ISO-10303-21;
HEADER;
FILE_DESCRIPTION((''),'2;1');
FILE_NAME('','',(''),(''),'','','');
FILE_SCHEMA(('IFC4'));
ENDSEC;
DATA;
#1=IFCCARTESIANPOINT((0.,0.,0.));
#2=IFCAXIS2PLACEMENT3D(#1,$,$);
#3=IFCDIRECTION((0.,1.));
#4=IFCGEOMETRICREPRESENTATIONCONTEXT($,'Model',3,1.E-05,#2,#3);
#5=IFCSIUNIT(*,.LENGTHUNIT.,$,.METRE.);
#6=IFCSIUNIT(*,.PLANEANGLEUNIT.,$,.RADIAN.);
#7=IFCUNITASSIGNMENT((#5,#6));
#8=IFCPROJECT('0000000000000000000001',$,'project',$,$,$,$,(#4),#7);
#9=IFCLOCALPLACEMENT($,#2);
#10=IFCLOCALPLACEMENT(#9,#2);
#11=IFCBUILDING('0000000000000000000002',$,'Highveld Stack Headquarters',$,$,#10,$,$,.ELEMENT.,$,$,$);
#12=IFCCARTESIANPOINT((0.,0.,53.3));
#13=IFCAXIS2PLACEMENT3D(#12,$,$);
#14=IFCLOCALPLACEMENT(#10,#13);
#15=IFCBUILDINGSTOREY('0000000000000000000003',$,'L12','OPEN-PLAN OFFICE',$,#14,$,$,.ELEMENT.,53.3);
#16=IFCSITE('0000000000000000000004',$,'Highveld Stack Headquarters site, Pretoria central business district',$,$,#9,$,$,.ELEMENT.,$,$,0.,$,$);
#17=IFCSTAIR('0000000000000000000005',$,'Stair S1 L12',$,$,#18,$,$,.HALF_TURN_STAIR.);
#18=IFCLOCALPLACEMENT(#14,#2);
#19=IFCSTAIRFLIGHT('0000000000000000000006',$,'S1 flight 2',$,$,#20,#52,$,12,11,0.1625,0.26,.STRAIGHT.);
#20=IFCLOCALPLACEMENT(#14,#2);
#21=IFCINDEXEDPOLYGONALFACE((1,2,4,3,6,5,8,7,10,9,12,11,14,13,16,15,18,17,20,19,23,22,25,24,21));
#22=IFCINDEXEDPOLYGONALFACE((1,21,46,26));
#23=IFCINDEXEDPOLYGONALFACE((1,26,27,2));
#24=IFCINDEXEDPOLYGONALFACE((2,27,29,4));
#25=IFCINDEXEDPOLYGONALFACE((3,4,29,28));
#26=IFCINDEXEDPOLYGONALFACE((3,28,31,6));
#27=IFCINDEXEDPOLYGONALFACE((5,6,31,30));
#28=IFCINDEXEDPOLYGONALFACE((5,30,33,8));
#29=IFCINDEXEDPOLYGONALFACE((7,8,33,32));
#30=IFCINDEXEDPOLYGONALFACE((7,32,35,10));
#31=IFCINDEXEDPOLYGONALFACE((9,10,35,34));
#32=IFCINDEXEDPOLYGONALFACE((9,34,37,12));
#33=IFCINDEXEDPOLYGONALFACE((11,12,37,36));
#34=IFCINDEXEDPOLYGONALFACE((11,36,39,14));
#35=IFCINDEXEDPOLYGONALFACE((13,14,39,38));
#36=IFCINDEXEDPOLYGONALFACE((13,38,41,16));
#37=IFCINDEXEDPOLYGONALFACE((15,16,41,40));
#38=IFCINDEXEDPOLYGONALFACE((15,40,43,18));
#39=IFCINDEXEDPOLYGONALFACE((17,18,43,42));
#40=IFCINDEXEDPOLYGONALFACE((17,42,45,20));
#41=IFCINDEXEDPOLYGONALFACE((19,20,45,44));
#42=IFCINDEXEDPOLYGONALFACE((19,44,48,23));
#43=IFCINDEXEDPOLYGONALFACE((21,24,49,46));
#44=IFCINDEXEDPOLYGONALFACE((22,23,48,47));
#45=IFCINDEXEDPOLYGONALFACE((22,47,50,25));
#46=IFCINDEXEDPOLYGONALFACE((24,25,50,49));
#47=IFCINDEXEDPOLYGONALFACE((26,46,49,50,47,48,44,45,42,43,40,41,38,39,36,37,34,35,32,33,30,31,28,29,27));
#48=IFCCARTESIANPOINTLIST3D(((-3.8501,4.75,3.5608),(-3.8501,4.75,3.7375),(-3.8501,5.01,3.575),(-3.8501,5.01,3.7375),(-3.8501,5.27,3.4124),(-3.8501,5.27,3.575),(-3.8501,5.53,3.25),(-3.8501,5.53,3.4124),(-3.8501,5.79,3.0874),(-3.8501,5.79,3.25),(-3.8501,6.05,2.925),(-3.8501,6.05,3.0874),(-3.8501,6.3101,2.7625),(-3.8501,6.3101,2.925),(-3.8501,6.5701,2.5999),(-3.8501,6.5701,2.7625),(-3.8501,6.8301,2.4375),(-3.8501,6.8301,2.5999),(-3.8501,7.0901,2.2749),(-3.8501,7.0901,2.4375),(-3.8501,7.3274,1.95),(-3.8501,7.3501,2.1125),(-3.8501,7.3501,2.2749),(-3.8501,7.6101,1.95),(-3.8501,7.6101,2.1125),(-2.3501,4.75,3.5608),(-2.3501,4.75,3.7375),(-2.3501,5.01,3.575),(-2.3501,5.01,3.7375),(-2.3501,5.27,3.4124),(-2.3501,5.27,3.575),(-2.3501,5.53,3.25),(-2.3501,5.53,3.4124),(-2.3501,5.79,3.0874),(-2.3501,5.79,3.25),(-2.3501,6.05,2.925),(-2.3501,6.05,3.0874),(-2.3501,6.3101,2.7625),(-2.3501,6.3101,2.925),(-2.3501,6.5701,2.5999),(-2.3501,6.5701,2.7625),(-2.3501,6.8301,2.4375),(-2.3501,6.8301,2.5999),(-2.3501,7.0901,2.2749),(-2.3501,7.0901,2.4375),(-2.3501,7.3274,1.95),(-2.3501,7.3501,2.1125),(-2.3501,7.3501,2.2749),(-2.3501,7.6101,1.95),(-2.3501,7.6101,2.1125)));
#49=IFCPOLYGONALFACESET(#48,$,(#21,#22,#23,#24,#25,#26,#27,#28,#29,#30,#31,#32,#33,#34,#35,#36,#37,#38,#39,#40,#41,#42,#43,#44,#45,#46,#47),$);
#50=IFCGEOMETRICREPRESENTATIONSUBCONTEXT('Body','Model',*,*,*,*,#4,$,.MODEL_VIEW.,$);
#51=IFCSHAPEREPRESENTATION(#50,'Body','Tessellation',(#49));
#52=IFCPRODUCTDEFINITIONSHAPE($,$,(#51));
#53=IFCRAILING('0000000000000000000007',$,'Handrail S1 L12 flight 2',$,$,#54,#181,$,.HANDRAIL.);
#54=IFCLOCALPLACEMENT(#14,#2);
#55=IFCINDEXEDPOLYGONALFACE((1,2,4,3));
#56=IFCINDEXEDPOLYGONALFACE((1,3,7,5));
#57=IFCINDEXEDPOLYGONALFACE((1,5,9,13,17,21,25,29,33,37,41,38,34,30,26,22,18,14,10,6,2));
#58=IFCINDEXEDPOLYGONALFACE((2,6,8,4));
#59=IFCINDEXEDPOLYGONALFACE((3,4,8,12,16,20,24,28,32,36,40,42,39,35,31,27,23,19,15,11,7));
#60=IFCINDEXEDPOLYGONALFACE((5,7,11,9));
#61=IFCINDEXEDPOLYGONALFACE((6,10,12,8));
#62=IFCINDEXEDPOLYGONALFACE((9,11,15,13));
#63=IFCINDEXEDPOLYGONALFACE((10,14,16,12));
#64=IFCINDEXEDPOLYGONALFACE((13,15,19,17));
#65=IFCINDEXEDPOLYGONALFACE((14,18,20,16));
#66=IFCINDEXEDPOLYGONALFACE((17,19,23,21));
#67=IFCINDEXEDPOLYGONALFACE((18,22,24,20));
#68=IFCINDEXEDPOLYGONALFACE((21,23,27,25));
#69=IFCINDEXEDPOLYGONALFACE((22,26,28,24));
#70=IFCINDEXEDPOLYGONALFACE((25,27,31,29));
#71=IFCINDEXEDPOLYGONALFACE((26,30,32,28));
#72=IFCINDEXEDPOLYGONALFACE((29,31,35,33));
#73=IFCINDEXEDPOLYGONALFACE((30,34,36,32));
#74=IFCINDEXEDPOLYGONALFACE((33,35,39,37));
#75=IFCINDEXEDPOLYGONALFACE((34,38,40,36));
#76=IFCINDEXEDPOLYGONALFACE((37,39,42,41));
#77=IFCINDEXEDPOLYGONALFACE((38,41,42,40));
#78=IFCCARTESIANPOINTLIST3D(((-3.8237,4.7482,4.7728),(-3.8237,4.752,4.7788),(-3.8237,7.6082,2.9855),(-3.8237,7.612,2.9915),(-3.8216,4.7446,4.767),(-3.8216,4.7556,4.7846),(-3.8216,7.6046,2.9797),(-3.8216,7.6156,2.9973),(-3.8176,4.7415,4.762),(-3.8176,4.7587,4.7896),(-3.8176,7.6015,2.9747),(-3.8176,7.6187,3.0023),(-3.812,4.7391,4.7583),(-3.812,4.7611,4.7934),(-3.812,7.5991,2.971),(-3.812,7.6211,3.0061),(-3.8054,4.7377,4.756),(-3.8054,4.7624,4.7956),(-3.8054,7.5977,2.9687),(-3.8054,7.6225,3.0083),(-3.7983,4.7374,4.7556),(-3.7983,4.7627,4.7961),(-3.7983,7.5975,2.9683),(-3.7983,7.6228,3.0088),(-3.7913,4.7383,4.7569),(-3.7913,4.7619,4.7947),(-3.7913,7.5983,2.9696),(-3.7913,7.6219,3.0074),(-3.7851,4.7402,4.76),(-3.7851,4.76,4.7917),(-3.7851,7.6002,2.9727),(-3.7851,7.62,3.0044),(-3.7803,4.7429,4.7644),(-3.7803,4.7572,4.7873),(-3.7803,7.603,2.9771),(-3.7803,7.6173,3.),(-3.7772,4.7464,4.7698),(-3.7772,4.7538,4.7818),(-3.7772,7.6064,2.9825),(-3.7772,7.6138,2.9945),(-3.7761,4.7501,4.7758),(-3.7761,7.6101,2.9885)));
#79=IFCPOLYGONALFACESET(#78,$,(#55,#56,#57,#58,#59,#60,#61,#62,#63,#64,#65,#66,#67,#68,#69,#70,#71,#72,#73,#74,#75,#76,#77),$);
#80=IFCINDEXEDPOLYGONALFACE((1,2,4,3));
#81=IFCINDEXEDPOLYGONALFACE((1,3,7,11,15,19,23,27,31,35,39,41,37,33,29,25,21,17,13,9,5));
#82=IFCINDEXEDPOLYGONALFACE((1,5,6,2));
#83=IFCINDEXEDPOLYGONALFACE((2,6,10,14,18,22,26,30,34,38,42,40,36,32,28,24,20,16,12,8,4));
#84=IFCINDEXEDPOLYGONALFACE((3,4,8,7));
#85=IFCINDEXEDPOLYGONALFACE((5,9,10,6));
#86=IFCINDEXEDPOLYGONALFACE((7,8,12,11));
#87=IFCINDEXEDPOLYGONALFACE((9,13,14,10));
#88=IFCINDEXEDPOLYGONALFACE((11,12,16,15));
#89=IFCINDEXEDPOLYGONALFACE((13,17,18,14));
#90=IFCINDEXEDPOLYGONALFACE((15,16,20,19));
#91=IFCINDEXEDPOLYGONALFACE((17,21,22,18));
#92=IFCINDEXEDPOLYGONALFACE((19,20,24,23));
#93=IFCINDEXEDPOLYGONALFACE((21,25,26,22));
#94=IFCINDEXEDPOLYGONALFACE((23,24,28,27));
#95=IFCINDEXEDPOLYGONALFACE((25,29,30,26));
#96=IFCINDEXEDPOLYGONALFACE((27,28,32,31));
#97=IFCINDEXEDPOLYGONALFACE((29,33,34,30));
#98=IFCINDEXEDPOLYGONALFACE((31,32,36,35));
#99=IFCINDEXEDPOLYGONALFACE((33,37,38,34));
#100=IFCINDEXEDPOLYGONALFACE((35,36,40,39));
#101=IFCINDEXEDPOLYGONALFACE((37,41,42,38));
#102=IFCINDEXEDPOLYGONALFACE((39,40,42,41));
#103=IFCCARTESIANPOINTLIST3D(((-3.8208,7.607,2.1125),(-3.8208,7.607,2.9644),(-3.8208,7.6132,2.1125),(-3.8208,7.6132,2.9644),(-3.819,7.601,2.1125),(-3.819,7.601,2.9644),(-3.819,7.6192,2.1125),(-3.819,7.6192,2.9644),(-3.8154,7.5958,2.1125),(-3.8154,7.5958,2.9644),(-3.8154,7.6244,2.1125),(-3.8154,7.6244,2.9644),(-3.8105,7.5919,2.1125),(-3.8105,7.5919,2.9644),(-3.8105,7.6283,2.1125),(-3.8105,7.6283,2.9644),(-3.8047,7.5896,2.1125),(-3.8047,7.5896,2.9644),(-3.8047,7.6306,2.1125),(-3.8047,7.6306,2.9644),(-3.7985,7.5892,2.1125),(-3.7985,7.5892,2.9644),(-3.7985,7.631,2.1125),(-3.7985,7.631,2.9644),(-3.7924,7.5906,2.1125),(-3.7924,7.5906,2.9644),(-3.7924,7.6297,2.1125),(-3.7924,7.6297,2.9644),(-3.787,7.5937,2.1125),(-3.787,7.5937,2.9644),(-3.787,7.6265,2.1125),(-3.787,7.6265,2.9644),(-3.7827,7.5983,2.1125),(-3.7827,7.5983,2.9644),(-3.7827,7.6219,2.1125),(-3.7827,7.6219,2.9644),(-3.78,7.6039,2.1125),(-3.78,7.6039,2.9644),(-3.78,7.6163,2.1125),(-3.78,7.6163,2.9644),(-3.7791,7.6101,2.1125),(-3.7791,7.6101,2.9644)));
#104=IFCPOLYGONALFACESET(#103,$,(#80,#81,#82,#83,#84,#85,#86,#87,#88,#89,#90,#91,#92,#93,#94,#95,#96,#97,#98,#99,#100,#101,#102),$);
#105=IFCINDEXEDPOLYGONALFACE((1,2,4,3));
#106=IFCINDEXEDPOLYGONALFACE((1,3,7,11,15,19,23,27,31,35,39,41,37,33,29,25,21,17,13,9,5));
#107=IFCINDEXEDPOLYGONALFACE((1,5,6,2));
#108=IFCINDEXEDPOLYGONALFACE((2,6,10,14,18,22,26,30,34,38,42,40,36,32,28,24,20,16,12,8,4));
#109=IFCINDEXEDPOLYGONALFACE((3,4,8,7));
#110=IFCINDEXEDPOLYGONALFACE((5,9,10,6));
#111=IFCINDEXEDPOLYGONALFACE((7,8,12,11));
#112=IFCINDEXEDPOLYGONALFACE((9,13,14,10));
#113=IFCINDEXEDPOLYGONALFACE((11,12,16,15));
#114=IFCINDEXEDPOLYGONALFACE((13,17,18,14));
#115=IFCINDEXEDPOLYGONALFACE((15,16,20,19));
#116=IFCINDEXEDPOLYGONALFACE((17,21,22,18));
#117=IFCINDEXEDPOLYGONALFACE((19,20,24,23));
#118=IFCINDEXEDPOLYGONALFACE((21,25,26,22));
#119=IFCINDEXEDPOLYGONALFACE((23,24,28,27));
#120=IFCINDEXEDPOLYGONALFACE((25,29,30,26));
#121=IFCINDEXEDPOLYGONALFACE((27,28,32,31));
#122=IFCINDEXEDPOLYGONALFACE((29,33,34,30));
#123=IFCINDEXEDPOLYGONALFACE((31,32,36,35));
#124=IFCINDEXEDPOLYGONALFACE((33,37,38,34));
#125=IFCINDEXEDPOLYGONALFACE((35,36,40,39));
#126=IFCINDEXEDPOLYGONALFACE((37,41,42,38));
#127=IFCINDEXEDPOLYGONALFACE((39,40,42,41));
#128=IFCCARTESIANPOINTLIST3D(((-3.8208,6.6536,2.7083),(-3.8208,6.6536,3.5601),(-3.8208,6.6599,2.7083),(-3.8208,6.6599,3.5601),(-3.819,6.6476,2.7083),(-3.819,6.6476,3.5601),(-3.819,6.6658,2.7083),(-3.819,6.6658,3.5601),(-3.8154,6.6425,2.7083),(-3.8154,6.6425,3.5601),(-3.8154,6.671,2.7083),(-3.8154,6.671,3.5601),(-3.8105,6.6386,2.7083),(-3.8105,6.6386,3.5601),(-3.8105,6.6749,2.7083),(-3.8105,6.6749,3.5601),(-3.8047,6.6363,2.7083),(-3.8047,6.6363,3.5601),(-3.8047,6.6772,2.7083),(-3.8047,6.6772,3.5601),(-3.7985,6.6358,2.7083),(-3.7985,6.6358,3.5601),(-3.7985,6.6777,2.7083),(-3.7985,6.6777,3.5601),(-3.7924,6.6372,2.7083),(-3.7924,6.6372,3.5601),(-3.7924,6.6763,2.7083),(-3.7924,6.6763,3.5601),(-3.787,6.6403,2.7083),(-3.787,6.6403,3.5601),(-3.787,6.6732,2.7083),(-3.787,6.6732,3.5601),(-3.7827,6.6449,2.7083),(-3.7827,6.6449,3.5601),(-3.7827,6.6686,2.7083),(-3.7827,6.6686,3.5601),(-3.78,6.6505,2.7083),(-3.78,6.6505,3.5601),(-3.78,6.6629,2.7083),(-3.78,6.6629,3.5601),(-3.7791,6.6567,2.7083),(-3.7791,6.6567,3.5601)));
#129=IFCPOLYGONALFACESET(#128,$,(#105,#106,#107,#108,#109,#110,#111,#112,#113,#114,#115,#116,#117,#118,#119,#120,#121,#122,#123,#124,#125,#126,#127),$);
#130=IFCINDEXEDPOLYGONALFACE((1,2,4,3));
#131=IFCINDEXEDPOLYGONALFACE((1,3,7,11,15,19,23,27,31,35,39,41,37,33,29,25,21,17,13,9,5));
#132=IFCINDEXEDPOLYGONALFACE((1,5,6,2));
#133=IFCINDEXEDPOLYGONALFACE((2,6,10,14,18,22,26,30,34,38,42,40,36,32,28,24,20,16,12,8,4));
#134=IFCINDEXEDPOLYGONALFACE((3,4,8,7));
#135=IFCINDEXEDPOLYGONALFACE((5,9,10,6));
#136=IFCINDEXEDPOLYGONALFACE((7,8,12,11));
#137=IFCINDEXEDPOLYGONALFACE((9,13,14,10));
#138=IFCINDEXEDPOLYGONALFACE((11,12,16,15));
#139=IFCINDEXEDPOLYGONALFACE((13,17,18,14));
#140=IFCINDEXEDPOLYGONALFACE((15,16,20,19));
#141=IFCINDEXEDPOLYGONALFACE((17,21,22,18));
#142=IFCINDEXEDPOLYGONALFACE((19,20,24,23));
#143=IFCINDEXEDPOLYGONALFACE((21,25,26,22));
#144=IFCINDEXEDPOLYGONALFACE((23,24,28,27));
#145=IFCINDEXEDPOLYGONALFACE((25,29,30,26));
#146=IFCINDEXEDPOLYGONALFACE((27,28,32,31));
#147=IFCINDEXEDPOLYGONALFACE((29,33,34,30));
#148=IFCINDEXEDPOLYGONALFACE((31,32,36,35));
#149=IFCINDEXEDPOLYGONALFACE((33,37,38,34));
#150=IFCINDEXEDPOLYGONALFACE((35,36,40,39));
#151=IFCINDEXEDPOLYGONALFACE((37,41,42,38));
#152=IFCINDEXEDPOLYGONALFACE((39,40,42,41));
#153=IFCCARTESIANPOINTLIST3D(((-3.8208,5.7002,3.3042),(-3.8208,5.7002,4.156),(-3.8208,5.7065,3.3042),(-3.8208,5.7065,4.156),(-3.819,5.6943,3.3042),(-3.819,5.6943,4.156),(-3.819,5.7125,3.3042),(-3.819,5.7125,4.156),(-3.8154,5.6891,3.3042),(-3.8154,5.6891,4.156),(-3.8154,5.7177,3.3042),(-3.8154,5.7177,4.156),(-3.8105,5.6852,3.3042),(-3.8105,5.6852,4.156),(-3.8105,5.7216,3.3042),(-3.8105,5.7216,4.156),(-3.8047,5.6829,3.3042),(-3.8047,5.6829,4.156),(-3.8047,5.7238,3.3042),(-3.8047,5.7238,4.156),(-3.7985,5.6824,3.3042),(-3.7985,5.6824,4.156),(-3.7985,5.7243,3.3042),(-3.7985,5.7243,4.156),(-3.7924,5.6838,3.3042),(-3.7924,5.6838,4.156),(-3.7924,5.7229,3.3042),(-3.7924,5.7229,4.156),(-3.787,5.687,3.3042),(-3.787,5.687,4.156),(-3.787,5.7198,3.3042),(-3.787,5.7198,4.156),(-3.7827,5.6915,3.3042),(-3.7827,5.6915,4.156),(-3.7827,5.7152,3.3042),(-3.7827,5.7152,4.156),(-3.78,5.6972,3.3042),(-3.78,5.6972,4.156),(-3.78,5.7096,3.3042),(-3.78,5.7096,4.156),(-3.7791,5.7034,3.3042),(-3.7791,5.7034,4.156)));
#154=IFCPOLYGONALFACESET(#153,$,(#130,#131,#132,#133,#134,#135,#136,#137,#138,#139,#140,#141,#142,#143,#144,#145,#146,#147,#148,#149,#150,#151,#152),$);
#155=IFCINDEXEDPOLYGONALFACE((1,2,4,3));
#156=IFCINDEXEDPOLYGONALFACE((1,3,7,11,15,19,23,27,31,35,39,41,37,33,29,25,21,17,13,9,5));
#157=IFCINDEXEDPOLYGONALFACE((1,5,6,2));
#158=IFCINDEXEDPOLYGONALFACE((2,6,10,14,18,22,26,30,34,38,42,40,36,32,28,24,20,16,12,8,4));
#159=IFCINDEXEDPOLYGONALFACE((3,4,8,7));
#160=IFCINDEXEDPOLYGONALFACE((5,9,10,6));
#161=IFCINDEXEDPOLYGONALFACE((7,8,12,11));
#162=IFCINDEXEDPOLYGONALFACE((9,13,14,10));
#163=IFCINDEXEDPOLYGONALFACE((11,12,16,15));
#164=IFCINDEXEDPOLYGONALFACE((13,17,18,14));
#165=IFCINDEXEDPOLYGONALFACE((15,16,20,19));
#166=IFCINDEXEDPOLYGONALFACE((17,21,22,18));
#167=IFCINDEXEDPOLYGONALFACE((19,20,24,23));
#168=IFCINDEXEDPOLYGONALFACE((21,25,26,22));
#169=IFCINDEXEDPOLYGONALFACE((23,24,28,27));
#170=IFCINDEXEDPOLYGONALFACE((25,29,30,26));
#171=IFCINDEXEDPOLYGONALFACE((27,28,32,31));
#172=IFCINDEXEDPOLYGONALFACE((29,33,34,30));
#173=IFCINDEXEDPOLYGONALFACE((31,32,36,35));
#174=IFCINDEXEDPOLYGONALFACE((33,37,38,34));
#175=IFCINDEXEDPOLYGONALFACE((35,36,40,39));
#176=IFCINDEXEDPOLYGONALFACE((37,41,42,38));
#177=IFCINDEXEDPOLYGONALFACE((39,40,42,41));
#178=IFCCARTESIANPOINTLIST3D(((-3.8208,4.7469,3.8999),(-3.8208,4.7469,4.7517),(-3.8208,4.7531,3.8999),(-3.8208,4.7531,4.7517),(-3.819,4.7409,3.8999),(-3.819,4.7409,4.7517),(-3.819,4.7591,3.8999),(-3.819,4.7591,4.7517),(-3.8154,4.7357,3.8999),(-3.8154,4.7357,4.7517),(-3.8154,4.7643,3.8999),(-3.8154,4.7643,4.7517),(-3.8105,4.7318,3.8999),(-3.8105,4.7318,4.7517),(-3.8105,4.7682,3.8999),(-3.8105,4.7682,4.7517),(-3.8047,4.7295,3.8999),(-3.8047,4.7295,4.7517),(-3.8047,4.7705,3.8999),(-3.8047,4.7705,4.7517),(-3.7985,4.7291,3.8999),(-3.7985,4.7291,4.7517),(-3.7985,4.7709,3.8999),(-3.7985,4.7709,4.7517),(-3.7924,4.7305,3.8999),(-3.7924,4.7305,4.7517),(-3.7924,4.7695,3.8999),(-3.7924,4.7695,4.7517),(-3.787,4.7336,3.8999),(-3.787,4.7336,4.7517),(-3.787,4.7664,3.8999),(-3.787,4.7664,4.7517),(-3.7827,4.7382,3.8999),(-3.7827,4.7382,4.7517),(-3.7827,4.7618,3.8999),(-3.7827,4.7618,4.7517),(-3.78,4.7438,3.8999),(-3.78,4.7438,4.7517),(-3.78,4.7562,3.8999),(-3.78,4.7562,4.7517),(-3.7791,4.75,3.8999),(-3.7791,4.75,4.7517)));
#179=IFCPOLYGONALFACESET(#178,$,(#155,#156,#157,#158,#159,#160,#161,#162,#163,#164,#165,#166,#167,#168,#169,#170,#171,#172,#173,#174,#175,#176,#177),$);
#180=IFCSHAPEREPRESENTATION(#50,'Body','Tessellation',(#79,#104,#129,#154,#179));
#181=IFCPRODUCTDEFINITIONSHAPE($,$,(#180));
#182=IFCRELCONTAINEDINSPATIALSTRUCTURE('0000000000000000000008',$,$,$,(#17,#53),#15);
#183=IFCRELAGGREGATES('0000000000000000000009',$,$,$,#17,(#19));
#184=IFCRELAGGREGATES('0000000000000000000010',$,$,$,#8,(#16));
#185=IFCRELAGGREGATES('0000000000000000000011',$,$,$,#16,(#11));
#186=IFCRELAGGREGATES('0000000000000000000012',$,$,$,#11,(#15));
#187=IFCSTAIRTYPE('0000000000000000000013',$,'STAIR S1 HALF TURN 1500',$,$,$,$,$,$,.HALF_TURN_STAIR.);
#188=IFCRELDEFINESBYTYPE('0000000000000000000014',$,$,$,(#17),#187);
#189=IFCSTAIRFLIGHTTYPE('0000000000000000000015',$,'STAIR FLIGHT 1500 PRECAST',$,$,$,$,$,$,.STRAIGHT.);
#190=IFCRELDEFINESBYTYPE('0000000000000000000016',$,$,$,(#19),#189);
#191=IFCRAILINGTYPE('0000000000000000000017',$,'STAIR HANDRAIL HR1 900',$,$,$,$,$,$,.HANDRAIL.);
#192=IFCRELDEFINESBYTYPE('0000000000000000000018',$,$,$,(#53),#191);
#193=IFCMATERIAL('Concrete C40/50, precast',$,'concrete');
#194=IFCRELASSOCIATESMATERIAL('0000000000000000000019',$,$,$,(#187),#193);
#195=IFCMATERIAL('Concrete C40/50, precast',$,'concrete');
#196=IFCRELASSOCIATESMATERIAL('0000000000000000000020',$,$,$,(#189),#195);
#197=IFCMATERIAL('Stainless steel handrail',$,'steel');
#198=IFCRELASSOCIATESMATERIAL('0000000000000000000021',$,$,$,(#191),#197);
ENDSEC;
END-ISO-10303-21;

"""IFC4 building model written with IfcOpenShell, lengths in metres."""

from ifc_helpers import new_model, si_unit, direction, frame, origin, origin_2d, place, context, subcontext, project, spatial, polyline, circle, outline, extrude, material, type_object, element, aggregate, save


model = new_model("IFC4")

# Units and contexts
model_context = context("Model", 3, precision=1e-05, world=origin(), true_north=direction((0.0, 1.0)))
body_context = subcontext(model_context, "Body", "Model", "MODEL_VIEW")
ifc_project = project(units=[si_unit("LENGTHUNIT", "METRE"), si_unit("PLANEANGLEUNIT", "RADIAN")], contexts=[model_context])

# Site, building, storey
site_placement = place(None, origin())
site = spatial("IfcSite", under=ifc_project, at=site_placement, Name="Highveld Stack Headquarters site, Pretoria central business district", CompositionType="ELEMENT", RefElevation=0.0)
building_placement = place(site_placement, origin())
building = spatial("IfcBuilding", under=site, at=building_placement, Name="Highveld Stack Headquarters", CompositionType="ELEMENT")
storey_placement = place(building_placement, frame((0.0, 0.0, 53.3)))
storey = spatial("IfcBuildingStorey", under=building, at=storey_placement, Name="L12", Description="OPEN-PLAN OFFICE", CompositionType="ELEMENT", Elevation=53.3)

# Stair, stair flight
ifc_material_1 = material(Name="Concrete C40/50, precast", Category="concrete")
stair_type = type_object("IfcStairType", Name="STAIR S1 HALF TURN 1500", PredefinedType="HALF_TURN_STAIR", material=ifc_material_1)
stair_placement = place(storey_placement, origin())
stair = element("IfcStair", 1, at=stair_placement, inside=storey, type_object=stair_type, Name="Stair S1 L12", PredefinedType="HALF_TURN_STAIR")
ifc_material_2 = material(Name="Concrete C40/50, precast", Category="concrete")
stair_flight_type = type_object("IfcStairFlightType", Name="STAIR FLIGHT 1500 PRECAST", PredefinedType="STRAIGHT", material=ifc_material_2)
stair_flight_placement = place(storey_placement, frame((-3.1001, 7.6101, 1.95), z_axis=(0.0, 0.0, 1.0), x_axis=(0.0, -1.0, 0.0)))
stair_flight = element("IfcStairFlight", 2, at=stair_flight_placement, type_object=stair_flight_type, Name="S1 flight 2", NumberOfRisers=12, NumberOfTreads=11, PredefinedType="STRAIGHT", RiserHeight=0.1625, TreadLength=0.26, context=body_context, shape_type="SweptSolid", body=[
    extrude(outline(polyline([(0.0, 0.0), (0.0, 0.1626), (0.26, 0.1626), (0.26, 0.325), (0.52, 0.325), (0.52, 0.4875), (0.78, 0.4875), (0.78, 0.6499), (1.04, 0.6499), (1.04, 0.8125), (1.3, 0.8125), (1.3, 0.9751), (1.5601, 0.9751), (1.5601, 1.1375), (1.8201, 1.1375), (1.8201, 1.3), (2.0801, 1.3), (2.0801, 1.4624), (2.3401, 1.4624), (2.3401, 1.625), (2.6001, 1.625), (2.6001, 1.7876), (2.8601, 1.7876), (2.8601, 1.95), (2.8601, 1.6108), (0.2827, 0.0), (0.0, 0.0)])), frame((0.0, 0.75, 0.0), z_axis=(0.0, -1.0, 0.0), x_axis=(1.0, 0.0, 0.0)), (0.0, 0.0, 1.0), 1.5),
])
aggregate(stair, [stair_flight])

# Railing
ifc_material_3 = material(Name="Stainless steel handrail", Category="steel")
railing_type = type_object("IfcRailingType", Name="STAIR HANDRAIL HR1 900", PredefinedType="HANDRAIL", material=ifc_material_3)
for number, where, name in (
    (3, (-3.8, 7.6101, 2.1125), "Handrail S1 L12 flight 2"),
):
    element("IfcRailing", number, at=place(storey_placement, frame(where)), inside=storey, type_object=railing_type, Name=name, PredefinedType="HANDRAIL", context=body_context, shape_type="SweptSolid", body=[
        extrude(circle(Radius=0.0239, at=origin_2d()), frame((0.0, 0.0, 0.876), z_axis=(0.0, -0.848027, 0.529953), x_axis=(1.0, 0.0, 0.0)), (0.0, 0.0, 1.0), 3.3726),
        extrude(circle(Radius=0.021, at=origin_2d()), origin(), (0.0, 0.0, 1.0), 0.8518),
        extrude(circle(Radius=0.021, at=origin_2d()), frame((0.0, -0.9534, 0.5957)), (0.0, 0.0, 1.0), 0.8518),
        extrude(circle(Radius=0.021, at=origin_2d()), frame((0.0, -1.9067, 1.1917)), (0.0, 0.0, 1.0), 0.8518),
        extrude(circle(Radius=0.021, at=origin_2d()), frame((0.0, -2.8601, 1.7874)), (0.0, 0.0, 1.0), 0.8518),
    ])

save(model, "model.ifc")
